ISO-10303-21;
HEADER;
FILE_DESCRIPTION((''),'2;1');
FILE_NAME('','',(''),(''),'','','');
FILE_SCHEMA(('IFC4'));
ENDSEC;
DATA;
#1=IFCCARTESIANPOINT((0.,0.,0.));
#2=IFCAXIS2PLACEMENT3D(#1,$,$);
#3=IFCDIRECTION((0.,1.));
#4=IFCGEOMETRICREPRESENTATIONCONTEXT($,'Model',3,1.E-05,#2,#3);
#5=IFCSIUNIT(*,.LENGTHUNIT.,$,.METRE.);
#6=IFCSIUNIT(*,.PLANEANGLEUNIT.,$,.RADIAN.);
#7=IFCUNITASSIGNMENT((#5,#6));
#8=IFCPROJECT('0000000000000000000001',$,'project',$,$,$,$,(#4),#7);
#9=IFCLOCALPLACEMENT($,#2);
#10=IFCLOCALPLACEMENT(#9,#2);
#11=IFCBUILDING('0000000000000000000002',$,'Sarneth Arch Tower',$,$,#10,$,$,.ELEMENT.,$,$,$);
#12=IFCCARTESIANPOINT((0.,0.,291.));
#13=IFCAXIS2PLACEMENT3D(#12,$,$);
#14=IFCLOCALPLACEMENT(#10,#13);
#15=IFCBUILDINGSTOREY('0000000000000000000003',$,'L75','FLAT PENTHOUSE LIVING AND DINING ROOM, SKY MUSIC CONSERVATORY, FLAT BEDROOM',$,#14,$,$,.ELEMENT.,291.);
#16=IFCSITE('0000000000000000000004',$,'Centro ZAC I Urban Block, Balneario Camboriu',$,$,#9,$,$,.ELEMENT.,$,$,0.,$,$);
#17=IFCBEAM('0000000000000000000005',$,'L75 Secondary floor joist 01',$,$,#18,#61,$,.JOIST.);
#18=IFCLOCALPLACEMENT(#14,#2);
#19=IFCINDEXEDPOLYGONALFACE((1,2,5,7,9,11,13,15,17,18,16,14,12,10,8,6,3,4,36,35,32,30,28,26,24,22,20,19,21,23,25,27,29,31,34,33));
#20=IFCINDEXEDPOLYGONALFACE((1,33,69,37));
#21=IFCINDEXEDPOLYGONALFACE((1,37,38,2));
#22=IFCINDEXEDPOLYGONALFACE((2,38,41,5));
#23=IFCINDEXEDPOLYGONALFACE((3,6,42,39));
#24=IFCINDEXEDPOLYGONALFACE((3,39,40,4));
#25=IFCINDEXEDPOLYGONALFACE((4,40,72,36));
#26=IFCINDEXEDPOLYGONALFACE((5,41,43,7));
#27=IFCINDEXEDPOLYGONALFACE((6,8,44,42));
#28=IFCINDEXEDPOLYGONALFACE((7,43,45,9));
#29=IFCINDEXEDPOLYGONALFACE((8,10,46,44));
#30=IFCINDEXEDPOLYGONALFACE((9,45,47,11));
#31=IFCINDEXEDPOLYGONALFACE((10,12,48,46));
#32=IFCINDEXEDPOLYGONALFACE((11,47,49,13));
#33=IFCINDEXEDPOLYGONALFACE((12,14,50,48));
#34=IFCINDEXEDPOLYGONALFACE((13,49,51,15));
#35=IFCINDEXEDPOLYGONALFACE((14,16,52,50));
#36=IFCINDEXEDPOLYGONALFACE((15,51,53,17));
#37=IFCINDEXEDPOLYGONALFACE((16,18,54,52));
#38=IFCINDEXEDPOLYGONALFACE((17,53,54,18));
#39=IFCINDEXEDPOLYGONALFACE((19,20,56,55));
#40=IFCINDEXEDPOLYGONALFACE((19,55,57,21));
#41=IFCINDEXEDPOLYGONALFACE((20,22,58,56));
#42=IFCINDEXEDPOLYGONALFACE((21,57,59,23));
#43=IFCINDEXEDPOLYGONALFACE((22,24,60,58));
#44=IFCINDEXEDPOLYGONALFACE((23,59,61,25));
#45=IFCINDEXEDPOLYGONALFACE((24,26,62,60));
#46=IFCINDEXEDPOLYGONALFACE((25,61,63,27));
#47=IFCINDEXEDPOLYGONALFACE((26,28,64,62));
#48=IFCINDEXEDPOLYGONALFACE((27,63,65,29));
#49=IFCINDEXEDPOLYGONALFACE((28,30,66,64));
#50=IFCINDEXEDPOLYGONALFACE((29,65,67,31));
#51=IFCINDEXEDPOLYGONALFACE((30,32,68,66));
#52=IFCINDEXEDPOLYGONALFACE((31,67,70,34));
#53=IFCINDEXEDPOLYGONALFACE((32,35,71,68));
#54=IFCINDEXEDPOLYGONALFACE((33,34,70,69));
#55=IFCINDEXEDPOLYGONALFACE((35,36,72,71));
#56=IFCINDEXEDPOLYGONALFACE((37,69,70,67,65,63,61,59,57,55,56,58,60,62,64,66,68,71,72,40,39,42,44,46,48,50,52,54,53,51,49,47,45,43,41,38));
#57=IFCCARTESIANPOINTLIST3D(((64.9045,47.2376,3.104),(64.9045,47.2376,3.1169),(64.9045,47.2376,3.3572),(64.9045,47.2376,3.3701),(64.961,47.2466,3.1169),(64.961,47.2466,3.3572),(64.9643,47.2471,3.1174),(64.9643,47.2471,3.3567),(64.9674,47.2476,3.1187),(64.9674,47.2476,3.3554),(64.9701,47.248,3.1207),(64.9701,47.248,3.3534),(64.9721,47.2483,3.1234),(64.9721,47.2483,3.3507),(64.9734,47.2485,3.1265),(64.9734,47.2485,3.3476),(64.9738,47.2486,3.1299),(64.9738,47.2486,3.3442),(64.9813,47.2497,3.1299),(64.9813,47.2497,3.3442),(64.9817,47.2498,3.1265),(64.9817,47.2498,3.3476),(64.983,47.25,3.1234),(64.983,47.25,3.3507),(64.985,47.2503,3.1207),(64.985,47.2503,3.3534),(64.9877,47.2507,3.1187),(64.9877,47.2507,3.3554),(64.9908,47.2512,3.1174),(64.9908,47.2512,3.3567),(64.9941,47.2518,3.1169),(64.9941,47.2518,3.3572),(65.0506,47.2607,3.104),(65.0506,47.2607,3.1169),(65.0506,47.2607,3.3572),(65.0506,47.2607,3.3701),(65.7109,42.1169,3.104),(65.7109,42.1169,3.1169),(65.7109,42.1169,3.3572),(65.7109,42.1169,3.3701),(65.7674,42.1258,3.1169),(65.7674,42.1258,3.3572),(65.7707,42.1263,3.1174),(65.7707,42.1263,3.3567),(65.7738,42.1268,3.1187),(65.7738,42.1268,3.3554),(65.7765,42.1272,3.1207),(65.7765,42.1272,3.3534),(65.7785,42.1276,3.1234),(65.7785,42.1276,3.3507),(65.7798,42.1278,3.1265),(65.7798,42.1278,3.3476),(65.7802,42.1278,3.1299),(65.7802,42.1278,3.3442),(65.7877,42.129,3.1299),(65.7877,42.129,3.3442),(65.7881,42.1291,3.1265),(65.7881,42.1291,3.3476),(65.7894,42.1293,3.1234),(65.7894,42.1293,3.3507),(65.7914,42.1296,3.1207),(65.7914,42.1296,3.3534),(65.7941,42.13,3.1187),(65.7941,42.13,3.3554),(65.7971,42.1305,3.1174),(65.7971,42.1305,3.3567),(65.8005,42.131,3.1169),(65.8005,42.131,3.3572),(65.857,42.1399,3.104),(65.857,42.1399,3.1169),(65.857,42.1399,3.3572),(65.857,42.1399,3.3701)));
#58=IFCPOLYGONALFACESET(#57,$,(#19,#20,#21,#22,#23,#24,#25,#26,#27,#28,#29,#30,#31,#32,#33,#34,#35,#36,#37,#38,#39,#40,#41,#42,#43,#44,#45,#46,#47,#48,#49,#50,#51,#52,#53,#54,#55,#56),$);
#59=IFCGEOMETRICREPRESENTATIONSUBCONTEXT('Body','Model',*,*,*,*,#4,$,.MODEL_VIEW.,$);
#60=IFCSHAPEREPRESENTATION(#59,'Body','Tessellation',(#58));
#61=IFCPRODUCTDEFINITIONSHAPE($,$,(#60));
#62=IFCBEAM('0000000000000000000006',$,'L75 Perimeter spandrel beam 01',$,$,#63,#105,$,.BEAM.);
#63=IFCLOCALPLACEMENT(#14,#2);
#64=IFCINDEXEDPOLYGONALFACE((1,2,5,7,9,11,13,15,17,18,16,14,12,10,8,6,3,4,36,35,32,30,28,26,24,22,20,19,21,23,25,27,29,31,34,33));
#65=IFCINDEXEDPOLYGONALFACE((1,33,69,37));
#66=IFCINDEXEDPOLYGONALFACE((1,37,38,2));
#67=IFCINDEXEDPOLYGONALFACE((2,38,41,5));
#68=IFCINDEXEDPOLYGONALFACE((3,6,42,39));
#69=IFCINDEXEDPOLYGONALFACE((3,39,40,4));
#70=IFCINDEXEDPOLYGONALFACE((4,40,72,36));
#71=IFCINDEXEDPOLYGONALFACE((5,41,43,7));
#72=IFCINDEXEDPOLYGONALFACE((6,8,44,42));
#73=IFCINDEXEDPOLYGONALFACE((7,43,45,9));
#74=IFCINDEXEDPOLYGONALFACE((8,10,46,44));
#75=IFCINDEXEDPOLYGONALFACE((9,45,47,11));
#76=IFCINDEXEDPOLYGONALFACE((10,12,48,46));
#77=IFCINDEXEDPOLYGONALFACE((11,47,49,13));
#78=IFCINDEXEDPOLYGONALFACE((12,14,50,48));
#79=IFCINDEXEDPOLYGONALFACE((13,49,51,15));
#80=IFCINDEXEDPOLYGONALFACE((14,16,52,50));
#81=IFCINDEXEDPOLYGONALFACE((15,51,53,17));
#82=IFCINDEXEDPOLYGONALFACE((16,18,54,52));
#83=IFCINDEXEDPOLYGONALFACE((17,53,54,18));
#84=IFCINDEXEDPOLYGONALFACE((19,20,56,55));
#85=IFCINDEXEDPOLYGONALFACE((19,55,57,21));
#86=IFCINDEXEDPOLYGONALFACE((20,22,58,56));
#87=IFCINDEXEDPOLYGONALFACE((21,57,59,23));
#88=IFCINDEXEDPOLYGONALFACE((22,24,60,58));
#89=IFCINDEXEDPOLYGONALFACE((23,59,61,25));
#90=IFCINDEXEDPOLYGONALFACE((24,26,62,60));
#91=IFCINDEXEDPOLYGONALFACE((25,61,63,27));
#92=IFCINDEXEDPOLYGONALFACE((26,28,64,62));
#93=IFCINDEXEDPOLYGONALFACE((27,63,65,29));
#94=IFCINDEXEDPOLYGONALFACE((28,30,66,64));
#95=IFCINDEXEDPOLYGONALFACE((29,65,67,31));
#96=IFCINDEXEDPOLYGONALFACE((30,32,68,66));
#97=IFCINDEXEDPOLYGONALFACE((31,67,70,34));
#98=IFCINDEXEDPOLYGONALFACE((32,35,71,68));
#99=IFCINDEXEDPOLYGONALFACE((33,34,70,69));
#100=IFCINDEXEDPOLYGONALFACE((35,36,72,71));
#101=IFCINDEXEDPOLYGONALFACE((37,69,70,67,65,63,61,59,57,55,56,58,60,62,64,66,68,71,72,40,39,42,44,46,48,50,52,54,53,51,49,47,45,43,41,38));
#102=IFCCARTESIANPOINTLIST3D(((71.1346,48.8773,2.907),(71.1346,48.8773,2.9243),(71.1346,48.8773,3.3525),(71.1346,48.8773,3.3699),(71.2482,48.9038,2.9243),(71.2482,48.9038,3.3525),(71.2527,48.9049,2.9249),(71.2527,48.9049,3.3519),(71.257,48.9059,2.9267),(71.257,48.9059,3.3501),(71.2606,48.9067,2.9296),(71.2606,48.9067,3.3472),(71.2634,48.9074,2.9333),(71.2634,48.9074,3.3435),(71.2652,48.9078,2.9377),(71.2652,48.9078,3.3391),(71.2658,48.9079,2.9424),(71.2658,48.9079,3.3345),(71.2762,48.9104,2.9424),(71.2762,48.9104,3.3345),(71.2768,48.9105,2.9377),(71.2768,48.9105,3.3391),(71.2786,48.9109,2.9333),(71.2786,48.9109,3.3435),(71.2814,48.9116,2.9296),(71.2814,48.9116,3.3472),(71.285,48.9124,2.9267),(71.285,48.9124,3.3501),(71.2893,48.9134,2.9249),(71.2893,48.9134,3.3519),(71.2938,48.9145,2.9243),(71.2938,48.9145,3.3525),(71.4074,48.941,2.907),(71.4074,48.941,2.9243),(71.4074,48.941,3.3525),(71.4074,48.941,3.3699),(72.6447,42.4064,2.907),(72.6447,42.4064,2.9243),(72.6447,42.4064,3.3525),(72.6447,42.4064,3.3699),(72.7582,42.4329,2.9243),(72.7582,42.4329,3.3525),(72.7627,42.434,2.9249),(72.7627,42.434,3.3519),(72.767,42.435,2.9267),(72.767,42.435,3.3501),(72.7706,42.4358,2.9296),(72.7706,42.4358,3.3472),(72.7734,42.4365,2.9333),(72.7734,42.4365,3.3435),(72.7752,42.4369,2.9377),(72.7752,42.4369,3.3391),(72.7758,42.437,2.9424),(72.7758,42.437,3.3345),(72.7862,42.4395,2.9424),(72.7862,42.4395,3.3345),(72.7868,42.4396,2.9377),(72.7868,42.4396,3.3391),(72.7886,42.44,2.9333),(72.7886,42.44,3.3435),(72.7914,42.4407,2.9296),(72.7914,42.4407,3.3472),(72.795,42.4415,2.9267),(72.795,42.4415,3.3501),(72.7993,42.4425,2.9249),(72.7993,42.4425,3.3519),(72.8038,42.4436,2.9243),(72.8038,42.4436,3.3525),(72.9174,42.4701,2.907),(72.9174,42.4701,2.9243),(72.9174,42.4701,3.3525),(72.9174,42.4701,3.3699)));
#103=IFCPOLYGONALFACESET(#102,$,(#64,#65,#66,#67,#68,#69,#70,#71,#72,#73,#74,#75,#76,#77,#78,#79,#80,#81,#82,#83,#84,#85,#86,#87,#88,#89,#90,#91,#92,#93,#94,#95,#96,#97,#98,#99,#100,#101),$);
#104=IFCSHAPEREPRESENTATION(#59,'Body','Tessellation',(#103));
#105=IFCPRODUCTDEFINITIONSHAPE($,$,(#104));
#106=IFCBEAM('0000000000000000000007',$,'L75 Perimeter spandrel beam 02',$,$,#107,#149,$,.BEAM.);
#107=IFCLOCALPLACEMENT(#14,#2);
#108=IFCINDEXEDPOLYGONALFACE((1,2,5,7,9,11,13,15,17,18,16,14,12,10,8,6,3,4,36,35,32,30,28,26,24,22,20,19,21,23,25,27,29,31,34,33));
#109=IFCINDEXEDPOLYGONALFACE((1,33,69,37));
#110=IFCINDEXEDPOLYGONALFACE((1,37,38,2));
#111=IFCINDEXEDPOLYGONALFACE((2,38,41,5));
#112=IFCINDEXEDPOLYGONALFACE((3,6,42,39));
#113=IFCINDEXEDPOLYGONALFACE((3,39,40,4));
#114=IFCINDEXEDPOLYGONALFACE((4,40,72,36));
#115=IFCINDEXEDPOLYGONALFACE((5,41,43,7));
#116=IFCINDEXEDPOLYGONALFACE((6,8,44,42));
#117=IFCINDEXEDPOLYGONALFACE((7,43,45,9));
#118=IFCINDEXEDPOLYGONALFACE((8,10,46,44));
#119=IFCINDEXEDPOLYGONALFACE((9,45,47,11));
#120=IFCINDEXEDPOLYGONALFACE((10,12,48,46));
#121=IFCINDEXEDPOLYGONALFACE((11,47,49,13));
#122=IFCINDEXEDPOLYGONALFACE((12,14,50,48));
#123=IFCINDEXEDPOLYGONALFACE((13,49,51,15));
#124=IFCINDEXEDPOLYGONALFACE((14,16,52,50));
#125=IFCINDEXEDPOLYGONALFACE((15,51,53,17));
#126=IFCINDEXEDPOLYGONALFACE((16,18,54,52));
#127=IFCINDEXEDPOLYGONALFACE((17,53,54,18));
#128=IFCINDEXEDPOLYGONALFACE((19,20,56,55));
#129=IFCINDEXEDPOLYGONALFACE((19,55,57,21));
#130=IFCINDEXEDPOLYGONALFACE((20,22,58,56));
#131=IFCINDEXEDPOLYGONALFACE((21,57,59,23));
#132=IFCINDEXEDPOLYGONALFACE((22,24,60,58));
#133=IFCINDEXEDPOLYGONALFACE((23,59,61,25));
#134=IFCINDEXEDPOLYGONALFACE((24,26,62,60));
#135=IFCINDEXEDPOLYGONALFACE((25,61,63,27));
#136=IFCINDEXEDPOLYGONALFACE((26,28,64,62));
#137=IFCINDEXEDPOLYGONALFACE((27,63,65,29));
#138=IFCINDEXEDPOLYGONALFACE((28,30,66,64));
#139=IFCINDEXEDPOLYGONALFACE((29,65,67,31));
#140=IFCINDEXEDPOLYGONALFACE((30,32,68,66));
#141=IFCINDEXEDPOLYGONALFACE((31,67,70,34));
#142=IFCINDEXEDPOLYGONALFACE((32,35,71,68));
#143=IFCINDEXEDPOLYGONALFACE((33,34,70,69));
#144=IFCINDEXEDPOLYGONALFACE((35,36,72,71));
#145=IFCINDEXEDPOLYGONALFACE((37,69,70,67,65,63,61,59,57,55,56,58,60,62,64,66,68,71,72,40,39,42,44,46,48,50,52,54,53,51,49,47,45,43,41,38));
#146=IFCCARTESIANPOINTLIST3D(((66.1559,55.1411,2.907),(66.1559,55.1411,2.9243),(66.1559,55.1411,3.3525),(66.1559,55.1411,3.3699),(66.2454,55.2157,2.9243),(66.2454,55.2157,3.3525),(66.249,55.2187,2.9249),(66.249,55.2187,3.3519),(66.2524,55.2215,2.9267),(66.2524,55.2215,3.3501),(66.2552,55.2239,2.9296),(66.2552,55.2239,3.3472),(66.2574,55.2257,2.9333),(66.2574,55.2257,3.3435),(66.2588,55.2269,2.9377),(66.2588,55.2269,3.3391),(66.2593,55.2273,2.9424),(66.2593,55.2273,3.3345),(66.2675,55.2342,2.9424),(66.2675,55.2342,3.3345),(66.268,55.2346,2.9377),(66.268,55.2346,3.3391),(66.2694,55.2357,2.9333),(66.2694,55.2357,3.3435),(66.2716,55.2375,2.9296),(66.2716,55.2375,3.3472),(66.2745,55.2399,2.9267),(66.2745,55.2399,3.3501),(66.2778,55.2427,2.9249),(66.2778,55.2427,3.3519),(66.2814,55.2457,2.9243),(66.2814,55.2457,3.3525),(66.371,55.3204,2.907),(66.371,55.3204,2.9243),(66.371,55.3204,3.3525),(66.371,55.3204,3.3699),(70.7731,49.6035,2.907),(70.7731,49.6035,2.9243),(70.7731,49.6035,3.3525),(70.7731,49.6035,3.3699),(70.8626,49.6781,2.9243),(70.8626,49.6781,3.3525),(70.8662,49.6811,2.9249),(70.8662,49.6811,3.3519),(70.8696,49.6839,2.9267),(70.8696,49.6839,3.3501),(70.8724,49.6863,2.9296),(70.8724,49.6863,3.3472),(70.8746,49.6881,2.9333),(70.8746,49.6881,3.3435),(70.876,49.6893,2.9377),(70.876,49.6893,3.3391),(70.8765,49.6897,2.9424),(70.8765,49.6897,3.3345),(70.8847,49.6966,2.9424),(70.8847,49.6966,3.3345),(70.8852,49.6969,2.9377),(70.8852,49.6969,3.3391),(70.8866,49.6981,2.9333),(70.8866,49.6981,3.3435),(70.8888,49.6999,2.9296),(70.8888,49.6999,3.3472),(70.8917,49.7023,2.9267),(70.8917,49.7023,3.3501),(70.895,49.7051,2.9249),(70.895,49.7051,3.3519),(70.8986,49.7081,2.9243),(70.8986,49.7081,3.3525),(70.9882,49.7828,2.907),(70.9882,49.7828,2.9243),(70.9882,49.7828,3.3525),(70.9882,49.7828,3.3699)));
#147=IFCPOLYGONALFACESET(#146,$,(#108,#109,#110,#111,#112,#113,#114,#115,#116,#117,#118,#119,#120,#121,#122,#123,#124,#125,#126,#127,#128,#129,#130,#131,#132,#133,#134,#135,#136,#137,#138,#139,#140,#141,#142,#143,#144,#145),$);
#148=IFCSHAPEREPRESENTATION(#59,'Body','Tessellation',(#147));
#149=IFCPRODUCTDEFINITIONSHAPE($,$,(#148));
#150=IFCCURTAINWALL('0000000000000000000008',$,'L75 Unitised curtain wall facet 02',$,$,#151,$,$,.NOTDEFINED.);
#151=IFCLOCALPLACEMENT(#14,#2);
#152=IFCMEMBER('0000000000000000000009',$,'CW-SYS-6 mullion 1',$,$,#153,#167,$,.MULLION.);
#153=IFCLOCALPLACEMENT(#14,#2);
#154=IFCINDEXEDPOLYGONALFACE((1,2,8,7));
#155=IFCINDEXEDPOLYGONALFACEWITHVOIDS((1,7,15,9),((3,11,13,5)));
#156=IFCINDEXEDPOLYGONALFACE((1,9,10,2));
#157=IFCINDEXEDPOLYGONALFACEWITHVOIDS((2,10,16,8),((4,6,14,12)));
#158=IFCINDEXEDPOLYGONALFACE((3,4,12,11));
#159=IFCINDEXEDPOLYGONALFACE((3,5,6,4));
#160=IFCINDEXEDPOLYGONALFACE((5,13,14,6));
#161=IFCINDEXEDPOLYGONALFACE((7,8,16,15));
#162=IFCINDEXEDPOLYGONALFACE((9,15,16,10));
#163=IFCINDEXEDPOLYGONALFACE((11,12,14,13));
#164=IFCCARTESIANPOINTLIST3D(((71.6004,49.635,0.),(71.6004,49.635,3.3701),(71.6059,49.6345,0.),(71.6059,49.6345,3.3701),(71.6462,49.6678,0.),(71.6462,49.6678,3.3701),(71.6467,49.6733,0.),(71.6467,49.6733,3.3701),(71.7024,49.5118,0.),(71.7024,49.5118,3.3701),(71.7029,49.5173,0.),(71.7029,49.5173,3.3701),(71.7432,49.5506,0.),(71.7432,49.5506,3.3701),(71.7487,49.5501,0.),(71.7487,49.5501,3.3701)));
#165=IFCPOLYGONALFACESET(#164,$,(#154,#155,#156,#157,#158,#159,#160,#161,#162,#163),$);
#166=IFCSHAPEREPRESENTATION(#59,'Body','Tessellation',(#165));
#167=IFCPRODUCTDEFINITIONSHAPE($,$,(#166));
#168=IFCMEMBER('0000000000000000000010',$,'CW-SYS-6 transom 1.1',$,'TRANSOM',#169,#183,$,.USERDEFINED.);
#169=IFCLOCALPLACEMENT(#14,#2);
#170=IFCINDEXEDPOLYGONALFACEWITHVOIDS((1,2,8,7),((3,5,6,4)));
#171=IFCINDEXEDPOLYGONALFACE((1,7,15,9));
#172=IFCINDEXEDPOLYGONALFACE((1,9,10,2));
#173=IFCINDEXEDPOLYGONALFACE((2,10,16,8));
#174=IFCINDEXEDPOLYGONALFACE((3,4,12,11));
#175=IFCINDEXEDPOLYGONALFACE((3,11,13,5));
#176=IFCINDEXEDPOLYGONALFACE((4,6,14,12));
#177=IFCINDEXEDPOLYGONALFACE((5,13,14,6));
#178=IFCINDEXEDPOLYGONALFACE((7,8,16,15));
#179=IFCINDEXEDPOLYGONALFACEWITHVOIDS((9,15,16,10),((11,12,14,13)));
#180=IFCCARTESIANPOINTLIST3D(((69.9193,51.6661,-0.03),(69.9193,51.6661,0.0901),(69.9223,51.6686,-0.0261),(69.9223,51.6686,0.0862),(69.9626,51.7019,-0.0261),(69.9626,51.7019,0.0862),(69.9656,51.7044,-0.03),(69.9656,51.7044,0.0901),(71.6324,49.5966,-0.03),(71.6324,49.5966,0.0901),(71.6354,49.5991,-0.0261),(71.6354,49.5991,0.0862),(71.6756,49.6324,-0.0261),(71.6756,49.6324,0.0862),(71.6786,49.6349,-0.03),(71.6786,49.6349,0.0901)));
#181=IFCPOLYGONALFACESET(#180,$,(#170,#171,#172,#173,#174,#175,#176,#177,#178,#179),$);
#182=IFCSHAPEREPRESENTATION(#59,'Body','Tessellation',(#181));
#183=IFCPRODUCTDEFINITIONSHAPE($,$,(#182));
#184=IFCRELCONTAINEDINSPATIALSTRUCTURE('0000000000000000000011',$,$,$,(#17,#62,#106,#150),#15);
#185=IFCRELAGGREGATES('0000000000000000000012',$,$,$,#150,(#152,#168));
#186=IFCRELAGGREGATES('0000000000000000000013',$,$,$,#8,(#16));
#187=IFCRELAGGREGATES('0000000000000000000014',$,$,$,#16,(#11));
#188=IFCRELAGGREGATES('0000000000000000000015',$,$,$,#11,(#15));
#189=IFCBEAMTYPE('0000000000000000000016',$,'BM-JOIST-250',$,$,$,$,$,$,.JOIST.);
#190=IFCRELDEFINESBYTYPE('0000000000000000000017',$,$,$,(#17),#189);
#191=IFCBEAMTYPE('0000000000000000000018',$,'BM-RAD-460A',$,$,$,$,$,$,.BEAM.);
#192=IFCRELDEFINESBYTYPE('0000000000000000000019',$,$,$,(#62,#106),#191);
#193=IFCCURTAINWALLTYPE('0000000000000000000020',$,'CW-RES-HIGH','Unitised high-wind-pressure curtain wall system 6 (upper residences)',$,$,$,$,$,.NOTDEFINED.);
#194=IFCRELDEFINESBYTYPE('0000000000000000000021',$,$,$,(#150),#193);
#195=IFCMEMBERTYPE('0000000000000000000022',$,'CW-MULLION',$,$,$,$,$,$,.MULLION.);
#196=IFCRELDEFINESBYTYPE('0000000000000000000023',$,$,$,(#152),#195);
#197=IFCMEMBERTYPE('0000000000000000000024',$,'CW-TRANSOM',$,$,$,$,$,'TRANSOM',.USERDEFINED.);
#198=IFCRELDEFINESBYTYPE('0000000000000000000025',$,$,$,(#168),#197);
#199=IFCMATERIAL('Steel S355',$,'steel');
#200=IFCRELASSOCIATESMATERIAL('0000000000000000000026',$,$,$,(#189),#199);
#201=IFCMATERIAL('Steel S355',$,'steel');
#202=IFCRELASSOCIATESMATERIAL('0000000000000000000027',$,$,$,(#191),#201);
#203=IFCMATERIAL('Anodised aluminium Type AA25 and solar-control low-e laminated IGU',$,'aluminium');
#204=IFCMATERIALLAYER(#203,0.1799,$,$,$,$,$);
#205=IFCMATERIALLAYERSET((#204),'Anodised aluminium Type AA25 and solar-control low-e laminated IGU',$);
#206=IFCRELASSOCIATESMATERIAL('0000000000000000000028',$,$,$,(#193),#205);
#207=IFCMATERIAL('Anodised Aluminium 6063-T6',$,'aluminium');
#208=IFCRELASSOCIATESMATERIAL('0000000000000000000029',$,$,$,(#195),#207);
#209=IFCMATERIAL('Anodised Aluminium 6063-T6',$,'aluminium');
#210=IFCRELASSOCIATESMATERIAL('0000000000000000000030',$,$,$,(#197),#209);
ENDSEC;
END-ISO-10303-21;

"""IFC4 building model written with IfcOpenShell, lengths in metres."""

from ifc_helpers import new_model, si_unit, direction, frame, origin, origin_2d, place, context, subcontext, project, spatial, hollow_rectangle, i_section, extrude, material, layer, layer_set, material_profile, profile_set, type_object, element, aggregate, save


model = new_model("IFC4")

# Units and contexts
model_context = context("Model", 3, precision=1e-05, world=origin(), true_north=direction((0.0, 1.0)))
body_context = subcontext(model_context, "Body", "Model", "MODEL_VIEW")
ifc_project = project(units=[si_unit("LENGTHUNIT", "METRE"), si_unit("PLANEANGLEUNIT", "RADIAN")], contexts=[model_context])

# Site, building, storey
site_placement = place(None, origin())
site = spatial("IfcSite", under=ifc_project, at=site_placement, Name="Centro ZAC I Urban Block, Balneario Camboriu", CompositionType="ELEMENT", RefElevation=0.0)
building_placement = place(site_placement, origin())
building = spatial("IfcBuilding", under=site, at=building_placement, Name="Sarneth Arch Tower", CompositionType="ELEMENT")
storey_placement = place(building_placement, frame((0.0, 0.0, 291.0)))
storey = spatial("IfcBuildingStorey", under=building, at=storey_placement, Name="L75", Description="FLAT PENTHOUSE LIVING AND DINING ROOM, SKY MUSIC CONSERVATORY, FLAT BEDROOM", CompositionType="ELEMENT", Elevation=291.0)

# Beams
ifc_material_1 = material(Name="Steel S355", Category="steel")
ifc_material_profile_1 = material_profile(ifc_material_1, i_section(OverallWidth=0.1479, OverallDepth=0.2661, WebThickness=0.0076, FlangeThickness=0.0129, FilletRadius=0.0129, at=origin_2d()), Name="W250x44.8")
ifc_profile_set_1 = profile_set([ifc_material_profile_1], Name="Steel S355")
beam_type_1 = type_object("IfcBeamType", Name="BM-JOIST-250", PredefinedType="JOIST", material=ifc_profile_set_1)
beam_1_placement = place(storey_placement, frame((65.7839, 42.1284, 3.2371), z_axis=(-0.155556, 0.987827, 0.0), x_axis=(-0.987827, -0.155556, 0.0)))
element("IfcBeam", 1, at=beam_1_placement, inside=storey, type_object=beam_type_1, Name="L75 Secondary floor joist 01", PredefinedType="JOIST", context=body_context, shape_type="SweptSolid", body=[
    extrude(i_section(OverallWidth=0.1479, OverallDepth=0.2661, WebThickness=0.0076, FlangeThickness=0.0129, FilletRadius=0.0129, at=origin_2d()), origin(), (0.0, 0.0, 1.0), 5.1838),
])
ifc_material_2 = material(Name="Steel S355", Category="steel")
ifc_material_profile_2 = material_profile(ifc_material_2, i_section(OverallWidth=0.28, OverallDepth=0.4629, WebThickness=0.0107, FlangeThickness=0.0173, FilletRadius=0.0181, at=origin_2d()), Name="W460x113")
ifc_profile_set_2 = profile_set([ifc_material_profile_2], Name="Steel S355")
beam_type_2 = type_object("IfcBeamType", Name="BM-RAD-460A", PredefinedType="BEAM", material=ifc_profile_set_2)
beam_2_placement = place(storey_placement, frame((72.781, 42.4382, 3.1384), z_axis=(-0.227247, 0.973837, 0.0), x_axis=(-0.973837, -0.227247, 0.0)))
element("IfcBeam", 2, at=beam_2_placement, inside=storey, type_object=beam_type_2, Name="L75 Perimeter spandrel beam 01", PredefinedType="BEAM", context=body_context, shape_type="SweptSolid", body=[
    extrude(i_section(OverallWidth=0.28, OverallDepth=0.4629, WebThickness=0.0107, FlangeThickness=0.0173, FilletRadius=0.0181, at=origin_2d()), origin(), (0.0, 0.0, 1.0), 6.6448),
])
beam_3_placement = place(storey_placement, frame((70.8806, 49.6931, 3.1384), z_axis=(-0.640391, 0.768049, 0.0), x_axis=(-0.768049, -0.640391, 0.0)))
element("IfcBeam", 3, at=beam_3_placement, inside=storey, type_object=beam_type_2, Name="L75 Perimeter spandrel beam 02", PredefinedType="BEAM", context=body_context, shape_type="SweptSolid", body=[
    extrude(i_section(OverallWidth=0.28, OverallDepth=0.4629, WebThickness=0.0107, FlangeThickness=0.0173, FilletRadius=0.0181, at=origin_2d()), origin(), (0.0, 0.0, 1.0), 7.21),
])

# Curtain wall, members
ifc_material_3 = material(Name="Anodised aluminium Type AA25 and solar-control low-e laminated IGU", Category="aluminium")
ifc_layer_1 = layer(ifc_material_3, 0.1799)
ifc_layer_set_1 = layer_set([ifc_layer_1], Name="Anodised aluminium Type AA25 and solar-control low-e laminated IGU")
curtain_wall_type = type_object("IfcCurtainWallType", Name="CW-RES-HIGH", Description="Unitised high-wind-pressure curtain wall system 6 (upper residences)", PredefinedType="NOTDEFINED", material=ifc_layer_set_1)
curtain_wall_placement = place(storey_placement, origin())
curtain_wall = element("IfcCurtainWall", 4, at=curtain_wall_placement, inside=storey, type_object=curtain_wall_type, Name="L75 Unitised curtain wall facet 02", PredefinedType="NOTDEFINED")
ifc_material_4 = material(Name="Anodised Aluminium 6063-T6", Category="aluminium")
ifc_material_profile_3 = material_profile(ifc_material_4, hollow_rectangle(XDim=0.0601, YDim=0.1599, WallThickness=0.0039, at=origin_2d()), Name="AL-MULL-160x60x4")
ifc_profile_set_3 = profile_set([ifc_material_profile_3], Name="Anodised Aluminium 6063-T6")
member_type_1 = type_object("IfcMemberType", Name="CW-MULLION", PredefinedType="MULLION", material=ifc_profile_set_3)
member_1_placement = place(storey_placement, frame((71.6746, 49.5925, 0.0), z_axis=(0.0, 0.0, 1.0), x_axis=(-0.770359, -0.63761, 0.0)))
member_1 = element("IfcMember", 5, at=member_1_placement, type_object=member_type_1, Name="CW-SYS-6 mullion 1", PredefinedType="MULLION", context=body_context, shape_type="SweptSolid", body=[
    extrude(hollow_rectangle(XDim=0.0601, YDim=0.1599, WallThickness=0.0039, at=origin_2d()), origin(), (0.0, 0.0, 1.0), 3.3701),
])
ifc_material_5 = material(Name="Anodised Aluminium 6063-T6", Category="aluminium")
ifc_material_profile_4 = material_profile(ifc_material_5, hollow_rectangle(XDim=0.0601, YDim=0.1201, WallThickness=0.0039, at=origin_2d()), Name="AL-TRAN-120x60x4")
ifc_profile_set_4 = profile_set([ifc_material_profile_4], Name="Anodised Aluminium 6063-T6")
member_type_2 = type_object("IfcMemberType", Name="CW-TRANSOM", ElementType="TRANSOM", PredefinedType="USERDEFINED", material=ifc_profile_set_4)
member_2_placement = place(storey_placement, frame((71.6555, 49.6157, 0.03), z_axis=(-0.637651, 0.770325, 0.0), x_axis=(-0.770325, -0.637651, 0.0)))
member_2 = element("IfcMember", 6, at=member_2_placement, type_object=member_type_2, Name="CW-SYS-6 transom 1.1", ObjectType="TRANSOM", PredefinedType="USERDEFINED", context=body_context, shape_type="SweptSolid", body=[
    extrude(hollow_rectangle(XDim=0.0601, YDim=0.1201, WallThickness=0.0039, at=origin_2d()), origin(), (0.0, 0.0, 1.0), 2.6865),
])

aggregate(curtain_wall, [member_1, member_2])

save(model, "model.ifc")
